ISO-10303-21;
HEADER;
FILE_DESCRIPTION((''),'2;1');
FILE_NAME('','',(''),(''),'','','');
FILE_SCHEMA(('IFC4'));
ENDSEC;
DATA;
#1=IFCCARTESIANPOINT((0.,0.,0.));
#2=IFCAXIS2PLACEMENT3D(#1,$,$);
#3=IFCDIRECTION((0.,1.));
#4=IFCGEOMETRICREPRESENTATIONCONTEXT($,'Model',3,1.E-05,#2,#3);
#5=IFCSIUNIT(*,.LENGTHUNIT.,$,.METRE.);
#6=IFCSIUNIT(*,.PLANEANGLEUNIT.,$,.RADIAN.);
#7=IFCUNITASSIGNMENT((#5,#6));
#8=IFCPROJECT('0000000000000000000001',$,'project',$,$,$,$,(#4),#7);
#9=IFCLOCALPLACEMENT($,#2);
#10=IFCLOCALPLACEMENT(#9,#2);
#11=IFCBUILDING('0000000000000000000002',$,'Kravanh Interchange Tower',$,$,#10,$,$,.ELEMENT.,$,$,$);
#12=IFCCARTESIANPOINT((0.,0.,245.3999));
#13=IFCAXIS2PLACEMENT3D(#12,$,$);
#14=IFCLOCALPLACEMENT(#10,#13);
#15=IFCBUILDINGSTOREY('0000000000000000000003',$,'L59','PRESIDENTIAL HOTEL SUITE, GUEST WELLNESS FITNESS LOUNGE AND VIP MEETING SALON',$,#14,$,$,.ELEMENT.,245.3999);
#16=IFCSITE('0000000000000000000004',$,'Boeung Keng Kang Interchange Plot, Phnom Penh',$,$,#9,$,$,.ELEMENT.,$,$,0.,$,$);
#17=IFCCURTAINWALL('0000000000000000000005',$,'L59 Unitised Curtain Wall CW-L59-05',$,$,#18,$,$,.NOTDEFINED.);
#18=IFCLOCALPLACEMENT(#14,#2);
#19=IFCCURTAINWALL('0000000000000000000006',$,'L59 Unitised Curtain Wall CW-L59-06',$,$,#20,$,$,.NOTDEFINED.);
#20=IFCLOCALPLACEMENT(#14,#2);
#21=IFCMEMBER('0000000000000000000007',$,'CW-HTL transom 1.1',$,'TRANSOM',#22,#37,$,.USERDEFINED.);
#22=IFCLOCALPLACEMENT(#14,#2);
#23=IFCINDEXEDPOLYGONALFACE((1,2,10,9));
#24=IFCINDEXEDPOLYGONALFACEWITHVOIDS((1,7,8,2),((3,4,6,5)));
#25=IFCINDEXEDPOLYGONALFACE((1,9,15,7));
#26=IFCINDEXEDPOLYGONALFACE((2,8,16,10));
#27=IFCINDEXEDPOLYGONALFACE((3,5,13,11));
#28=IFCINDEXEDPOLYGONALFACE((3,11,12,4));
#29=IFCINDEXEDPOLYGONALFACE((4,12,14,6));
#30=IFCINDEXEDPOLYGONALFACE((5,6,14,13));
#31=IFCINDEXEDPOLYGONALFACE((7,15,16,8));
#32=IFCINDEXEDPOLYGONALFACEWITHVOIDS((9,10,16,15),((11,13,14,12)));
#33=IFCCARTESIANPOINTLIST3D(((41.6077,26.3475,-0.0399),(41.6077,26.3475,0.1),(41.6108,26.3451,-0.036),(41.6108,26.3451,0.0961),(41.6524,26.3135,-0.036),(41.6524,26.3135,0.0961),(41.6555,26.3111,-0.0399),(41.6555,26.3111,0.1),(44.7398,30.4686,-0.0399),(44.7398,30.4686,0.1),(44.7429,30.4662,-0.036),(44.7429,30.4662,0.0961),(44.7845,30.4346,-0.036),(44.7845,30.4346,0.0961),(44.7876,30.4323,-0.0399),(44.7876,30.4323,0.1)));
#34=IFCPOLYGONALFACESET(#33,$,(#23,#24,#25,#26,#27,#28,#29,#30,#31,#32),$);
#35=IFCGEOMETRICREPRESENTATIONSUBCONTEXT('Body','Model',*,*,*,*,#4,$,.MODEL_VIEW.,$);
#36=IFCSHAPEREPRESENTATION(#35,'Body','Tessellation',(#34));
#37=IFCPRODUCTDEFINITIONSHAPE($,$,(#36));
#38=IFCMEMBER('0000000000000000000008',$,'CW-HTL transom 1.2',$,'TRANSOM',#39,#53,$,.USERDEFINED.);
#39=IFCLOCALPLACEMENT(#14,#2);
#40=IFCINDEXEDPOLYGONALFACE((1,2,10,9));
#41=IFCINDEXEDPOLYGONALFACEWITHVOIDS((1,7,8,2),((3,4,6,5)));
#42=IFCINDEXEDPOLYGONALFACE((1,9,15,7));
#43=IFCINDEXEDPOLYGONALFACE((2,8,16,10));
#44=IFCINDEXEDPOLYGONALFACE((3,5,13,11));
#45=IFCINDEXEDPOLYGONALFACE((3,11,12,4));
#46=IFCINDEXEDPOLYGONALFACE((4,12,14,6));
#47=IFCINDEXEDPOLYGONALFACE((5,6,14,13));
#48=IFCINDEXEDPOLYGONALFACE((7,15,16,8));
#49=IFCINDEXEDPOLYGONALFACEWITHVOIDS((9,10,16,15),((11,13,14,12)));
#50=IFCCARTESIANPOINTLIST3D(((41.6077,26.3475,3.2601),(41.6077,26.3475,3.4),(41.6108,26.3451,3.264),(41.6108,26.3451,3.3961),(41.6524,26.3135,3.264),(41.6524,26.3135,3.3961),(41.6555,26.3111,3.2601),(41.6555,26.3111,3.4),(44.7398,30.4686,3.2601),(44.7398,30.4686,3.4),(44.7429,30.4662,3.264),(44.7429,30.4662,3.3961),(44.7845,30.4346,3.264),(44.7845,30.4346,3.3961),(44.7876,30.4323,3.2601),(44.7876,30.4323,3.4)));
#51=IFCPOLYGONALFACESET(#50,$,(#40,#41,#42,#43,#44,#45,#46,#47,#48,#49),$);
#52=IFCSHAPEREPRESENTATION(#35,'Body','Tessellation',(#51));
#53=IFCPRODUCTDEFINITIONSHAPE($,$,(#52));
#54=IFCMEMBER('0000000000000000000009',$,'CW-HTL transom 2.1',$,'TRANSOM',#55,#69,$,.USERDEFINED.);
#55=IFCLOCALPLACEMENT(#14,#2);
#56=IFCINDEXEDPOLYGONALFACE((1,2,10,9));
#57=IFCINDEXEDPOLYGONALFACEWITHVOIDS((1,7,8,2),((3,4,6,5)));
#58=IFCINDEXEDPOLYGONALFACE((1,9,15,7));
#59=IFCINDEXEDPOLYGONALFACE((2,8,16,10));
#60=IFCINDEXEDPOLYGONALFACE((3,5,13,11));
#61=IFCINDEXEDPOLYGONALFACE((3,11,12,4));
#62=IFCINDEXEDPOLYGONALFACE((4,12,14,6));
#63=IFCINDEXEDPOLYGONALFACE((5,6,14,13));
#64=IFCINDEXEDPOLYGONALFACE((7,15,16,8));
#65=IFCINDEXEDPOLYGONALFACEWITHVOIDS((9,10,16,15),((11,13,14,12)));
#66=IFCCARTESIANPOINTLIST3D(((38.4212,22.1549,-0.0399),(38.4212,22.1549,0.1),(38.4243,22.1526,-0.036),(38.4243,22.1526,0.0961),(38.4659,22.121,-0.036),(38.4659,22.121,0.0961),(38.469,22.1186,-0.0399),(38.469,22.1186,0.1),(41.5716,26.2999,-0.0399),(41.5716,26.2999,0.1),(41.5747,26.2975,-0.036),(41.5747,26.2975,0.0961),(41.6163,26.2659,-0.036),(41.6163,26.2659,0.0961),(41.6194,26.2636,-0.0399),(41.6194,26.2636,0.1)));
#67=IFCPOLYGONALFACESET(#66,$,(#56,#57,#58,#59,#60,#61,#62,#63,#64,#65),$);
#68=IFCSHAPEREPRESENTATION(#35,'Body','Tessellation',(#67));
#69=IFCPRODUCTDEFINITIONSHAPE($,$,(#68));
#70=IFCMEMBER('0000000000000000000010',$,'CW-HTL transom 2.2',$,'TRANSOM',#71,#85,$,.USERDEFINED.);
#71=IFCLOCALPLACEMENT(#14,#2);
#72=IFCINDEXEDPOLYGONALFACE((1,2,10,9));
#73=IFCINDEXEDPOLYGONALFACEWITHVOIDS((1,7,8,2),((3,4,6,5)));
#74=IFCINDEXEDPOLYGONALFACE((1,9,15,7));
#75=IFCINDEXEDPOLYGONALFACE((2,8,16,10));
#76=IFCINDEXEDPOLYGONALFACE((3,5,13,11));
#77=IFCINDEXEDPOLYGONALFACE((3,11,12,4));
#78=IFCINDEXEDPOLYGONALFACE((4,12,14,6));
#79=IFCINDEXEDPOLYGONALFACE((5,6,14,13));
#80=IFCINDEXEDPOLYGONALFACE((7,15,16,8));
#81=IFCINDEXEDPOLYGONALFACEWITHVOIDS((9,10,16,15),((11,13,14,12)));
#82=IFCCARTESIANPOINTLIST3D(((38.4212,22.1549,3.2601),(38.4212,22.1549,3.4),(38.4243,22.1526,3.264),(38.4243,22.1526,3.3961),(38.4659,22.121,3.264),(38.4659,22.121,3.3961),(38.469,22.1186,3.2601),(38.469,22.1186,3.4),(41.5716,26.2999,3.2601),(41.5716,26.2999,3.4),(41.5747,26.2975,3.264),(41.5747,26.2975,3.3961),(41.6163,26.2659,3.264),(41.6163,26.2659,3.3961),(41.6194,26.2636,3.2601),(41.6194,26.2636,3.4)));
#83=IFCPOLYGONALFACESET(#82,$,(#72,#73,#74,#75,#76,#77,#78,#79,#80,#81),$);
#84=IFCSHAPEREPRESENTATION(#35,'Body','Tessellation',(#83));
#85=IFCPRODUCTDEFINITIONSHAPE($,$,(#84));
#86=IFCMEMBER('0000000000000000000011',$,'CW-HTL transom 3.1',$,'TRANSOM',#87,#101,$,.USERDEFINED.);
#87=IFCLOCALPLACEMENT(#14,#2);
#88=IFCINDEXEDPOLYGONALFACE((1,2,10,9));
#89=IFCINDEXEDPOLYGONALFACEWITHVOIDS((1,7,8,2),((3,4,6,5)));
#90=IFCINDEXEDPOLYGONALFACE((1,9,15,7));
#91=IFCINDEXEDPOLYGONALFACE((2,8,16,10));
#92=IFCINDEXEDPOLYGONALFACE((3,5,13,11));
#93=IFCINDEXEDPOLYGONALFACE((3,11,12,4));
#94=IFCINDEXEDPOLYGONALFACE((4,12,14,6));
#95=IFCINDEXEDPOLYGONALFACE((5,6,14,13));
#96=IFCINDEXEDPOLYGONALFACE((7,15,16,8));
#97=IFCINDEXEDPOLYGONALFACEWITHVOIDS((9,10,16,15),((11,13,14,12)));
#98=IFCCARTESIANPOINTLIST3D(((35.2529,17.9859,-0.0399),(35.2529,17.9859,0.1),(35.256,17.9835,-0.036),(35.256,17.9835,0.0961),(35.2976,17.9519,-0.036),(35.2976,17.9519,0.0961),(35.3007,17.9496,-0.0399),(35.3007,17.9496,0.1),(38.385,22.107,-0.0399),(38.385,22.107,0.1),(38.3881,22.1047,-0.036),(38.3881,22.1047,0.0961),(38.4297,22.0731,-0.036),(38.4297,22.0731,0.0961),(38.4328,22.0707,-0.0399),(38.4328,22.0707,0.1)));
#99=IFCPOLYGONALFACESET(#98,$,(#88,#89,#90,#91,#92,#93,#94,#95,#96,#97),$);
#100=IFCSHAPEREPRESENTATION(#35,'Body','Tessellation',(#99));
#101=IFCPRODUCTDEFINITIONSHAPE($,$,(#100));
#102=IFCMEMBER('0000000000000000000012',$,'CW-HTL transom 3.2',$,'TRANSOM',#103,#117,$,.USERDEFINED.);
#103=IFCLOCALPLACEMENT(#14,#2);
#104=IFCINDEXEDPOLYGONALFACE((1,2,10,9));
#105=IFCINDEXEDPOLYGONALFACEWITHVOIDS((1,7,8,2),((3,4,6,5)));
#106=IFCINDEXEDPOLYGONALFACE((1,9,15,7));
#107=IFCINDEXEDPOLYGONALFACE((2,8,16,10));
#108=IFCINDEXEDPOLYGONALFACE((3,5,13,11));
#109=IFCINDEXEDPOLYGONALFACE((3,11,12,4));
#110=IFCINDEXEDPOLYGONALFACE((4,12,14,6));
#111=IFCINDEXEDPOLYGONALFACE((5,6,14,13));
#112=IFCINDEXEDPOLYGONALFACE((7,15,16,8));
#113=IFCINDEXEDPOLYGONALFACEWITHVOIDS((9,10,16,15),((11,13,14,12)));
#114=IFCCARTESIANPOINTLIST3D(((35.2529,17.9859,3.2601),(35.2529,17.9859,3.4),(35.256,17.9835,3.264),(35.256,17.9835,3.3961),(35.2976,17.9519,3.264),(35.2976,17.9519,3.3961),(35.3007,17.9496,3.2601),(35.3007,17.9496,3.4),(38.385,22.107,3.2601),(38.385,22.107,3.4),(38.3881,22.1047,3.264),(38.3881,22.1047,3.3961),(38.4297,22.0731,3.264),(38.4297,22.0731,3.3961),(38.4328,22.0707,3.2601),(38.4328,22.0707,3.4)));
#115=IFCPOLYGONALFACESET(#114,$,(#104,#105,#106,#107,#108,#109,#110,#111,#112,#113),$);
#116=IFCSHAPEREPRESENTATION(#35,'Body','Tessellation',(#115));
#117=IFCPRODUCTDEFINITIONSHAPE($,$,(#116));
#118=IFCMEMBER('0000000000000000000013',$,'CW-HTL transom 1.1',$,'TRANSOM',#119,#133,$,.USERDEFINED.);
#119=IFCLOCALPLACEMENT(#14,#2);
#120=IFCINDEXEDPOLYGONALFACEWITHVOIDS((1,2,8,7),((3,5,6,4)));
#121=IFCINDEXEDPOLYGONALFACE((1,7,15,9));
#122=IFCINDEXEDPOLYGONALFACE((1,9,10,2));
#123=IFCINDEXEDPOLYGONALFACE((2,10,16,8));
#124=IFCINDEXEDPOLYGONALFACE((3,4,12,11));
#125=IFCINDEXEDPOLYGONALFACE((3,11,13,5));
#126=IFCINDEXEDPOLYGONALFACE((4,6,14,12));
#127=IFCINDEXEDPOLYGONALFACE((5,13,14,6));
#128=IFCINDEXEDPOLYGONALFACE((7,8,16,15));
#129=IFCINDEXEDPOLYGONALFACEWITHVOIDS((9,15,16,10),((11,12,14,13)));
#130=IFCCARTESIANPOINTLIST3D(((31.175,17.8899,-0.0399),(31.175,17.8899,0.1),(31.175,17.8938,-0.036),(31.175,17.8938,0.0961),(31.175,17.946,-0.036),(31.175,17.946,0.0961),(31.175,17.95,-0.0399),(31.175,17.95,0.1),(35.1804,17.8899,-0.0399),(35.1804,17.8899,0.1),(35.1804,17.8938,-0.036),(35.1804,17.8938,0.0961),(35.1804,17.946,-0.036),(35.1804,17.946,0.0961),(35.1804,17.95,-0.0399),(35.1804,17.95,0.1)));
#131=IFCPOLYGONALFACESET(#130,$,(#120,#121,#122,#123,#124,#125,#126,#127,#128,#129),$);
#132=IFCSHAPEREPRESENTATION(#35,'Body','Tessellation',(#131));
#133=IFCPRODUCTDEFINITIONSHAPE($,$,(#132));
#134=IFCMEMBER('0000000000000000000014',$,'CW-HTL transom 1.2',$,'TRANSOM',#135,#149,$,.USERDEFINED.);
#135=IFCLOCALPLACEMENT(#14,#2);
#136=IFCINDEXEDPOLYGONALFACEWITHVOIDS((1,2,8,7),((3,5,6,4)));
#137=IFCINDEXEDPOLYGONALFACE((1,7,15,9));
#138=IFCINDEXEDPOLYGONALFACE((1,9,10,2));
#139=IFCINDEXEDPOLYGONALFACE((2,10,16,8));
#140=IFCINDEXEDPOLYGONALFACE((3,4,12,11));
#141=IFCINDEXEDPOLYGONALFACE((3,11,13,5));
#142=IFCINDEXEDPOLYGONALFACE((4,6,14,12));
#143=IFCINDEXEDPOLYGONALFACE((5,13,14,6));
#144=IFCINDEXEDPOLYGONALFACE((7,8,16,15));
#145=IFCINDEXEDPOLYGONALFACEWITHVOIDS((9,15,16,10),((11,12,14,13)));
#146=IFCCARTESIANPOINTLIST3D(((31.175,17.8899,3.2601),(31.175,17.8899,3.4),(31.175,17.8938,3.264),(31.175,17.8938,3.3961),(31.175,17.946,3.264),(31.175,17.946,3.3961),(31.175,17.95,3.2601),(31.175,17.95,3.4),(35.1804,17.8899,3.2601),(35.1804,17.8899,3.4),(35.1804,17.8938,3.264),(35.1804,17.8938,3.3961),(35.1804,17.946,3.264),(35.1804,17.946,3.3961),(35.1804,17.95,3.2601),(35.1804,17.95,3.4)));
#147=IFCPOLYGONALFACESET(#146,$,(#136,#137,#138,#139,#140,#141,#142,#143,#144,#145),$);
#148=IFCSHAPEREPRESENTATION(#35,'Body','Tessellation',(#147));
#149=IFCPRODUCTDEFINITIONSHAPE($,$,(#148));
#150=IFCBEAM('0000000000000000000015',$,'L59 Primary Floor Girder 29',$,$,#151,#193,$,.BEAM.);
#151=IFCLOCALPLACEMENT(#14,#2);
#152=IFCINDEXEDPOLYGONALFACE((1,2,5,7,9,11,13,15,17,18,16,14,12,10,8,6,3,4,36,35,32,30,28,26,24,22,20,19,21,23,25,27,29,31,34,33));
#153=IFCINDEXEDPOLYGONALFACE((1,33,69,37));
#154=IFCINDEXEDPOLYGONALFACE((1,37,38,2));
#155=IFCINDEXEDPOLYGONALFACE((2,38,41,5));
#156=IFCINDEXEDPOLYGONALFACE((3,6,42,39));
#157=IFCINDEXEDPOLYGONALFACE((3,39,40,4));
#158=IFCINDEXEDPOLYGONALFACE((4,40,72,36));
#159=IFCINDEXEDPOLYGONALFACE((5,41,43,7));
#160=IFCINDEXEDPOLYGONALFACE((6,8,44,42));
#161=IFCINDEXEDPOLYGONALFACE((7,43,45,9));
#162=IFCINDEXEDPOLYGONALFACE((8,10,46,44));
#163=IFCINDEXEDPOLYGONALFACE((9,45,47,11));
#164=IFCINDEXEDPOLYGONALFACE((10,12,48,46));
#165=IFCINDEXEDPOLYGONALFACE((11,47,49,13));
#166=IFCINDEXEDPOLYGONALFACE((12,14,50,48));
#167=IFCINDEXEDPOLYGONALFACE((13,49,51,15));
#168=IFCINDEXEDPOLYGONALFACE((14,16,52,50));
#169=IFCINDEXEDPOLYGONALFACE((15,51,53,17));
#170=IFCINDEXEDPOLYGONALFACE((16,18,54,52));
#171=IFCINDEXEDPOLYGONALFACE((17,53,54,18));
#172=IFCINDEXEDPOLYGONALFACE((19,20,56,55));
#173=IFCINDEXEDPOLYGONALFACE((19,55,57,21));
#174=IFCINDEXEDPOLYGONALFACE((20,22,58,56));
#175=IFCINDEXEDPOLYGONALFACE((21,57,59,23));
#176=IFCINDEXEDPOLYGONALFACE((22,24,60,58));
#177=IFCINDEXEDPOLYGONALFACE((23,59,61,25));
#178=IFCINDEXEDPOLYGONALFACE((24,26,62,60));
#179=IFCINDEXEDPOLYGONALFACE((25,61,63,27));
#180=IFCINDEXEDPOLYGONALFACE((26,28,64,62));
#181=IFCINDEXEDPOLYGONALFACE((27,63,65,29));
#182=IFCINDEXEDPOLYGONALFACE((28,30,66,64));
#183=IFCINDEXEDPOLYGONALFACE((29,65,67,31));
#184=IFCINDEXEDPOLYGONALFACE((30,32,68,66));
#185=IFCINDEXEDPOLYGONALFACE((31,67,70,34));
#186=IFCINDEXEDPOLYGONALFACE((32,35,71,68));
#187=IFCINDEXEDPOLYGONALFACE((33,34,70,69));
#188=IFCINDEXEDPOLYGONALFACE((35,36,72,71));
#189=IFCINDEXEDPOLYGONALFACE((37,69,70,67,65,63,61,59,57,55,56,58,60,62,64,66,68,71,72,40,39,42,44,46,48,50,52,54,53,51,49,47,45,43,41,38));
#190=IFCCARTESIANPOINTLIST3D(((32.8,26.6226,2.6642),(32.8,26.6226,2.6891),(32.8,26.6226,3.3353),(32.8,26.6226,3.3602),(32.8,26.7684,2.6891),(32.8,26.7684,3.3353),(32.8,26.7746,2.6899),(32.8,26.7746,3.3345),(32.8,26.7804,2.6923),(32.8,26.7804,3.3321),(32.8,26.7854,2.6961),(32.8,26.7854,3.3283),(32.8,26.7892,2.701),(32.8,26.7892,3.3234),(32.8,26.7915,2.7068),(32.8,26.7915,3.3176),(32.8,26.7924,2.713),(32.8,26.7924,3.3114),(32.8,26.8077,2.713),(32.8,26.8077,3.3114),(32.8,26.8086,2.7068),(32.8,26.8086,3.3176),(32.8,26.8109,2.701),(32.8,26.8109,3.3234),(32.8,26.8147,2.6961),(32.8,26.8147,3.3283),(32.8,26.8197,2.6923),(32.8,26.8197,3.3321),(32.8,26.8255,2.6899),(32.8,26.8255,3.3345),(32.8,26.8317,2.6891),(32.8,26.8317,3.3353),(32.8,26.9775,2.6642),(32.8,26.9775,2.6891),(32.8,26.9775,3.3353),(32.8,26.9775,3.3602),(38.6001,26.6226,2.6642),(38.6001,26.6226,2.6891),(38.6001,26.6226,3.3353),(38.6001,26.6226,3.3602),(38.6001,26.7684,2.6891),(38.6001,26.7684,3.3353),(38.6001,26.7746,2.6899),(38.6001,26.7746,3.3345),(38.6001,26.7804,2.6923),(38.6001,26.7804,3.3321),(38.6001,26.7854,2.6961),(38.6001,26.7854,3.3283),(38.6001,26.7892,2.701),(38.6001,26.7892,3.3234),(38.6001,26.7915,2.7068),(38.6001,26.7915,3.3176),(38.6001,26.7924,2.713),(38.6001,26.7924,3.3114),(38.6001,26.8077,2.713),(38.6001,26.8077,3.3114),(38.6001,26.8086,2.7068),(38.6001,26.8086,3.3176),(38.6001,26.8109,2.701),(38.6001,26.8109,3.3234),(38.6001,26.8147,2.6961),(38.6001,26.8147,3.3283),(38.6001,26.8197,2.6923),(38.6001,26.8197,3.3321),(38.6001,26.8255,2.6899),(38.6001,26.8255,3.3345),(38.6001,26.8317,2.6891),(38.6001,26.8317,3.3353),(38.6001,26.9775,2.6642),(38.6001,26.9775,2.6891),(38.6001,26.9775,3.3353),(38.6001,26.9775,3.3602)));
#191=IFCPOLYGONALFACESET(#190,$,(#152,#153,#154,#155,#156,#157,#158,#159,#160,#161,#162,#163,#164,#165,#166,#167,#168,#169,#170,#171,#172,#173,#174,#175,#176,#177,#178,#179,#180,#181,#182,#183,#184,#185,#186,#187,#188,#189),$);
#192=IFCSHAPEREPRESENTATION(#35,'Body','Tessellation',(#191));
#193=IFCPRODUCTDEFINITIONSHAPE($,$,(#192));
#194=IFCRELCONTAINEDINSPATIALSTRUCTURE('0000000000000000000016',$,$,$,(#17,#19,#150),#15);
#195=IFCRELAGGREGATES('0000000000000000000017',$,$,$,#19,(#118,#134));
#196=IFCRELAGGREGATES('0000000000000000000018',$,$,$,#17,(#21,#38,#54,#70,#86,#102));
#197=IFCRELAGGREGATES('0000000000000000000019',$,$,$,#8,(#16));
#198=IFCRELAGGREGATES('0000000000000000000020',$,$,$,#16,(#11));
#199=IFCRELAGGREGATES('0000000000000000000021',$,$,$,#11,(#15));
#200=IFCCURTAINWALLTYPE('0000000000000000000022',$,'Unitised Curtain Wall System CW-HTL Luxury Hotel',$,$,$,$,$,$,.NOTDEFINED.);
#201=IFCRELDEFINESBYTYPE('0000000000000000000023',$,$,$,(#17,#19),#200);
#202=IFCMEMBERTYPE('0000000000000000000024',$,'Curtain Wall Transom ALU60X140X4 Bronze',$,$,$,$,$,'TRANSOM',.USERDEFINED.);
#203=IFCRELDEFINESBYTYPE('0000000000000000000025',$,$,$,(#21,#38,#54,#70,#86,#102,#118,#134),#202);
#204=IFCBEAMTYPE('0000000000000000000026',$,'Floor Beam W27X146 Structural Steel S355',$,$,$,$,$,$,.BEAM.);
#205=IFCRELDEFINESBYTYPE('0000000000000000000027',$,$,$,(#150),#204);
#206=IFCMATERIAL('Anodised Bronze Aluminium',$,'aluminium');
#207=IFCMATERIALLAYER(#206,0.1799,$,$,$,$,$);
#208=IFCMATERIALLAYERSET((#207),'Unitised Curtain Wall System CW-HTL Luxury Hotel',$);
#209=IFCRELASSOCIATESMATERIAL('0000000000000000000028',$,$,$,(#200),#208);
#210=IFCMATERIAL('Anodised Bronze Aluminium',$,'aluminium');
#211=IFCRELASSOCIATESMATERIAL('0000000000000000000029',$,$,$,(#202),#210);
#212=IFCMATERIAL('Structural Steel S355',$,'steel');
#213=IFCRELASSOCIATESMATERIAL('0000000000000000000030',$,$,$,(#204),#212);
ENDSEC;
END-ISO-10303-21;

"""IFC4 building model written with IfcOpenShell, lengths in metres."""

from ifc_helpers import new_model, si_unit, direction, frame, origin, origin_2d, place, context, subcontext, project, spatial, hollow_rectangle, i_section, extrude, material, layer, layer_set, material_profile, profile_set, type_object, element, aggregate, save


model = new_model("IFC4")

# Units and contexts
model_context = context("Model", 3, precision=1e-05, world=origin(), true_north=direction((0.0, 1.0)))
body_context = subcontext(model_context, "Body", "Model", "MODEL_VIEW")
ifc_project = project(units=[si_unit("LENGTHUNIT", "METRE"), si_unit("PLANEANGLEUNIT", "RADIAN")], contexts=[model_context])

# Site, building, storey
site_placement = place(None, origin())
site = spatial("IfcSite", under=ifc_project, at=site_placement, Name="Boeung Keng Kang Interchange Plot, Phnom Penh", CompositionType="ELEMENT", RefElevation=0.0)
building_placement = place(site_placement, origin())
building = spatial("IfcBuilding", under=site, at=building_placement, Name="Kravanh Interchange Tower", CompositionType="ELEMENT")
storey_placement = place(building_placement, frame((0.0, 0.0, 245.3999)))
storey = spatial("IfcBuildingStorey", under=building, at=storey_placement, Name="L59", Description="PRESIDENTIAL HOTEL SUITE, GUEST WELLNESS FITNESS LOUNGE AND VIP MEETING SALON", CompositionType="ELEMENT", Elevation=245.3999)

# Curtain wall
ifc_material_1 = material(Name="Anodised Bronze Aluminium", Category="aluminium")
ifc_layer_1 = layer(ifc_material_1, 0.1799)
ifc_layer_set_1 = layer_set([ifc_layer_1], Name="Unitised Curtain Wall System CW-HTL Luxury Hotel")
curtain_wall_type = type_object("IfcCurtainWallType", Name="Unitised Curtain Wall System CW-HTL Luxury Hotel", PredefinedType="NOTDEFINED", material=ifc_layer_set_1)
curtain_wall_1_placement = place(storey_placement, origin())
curtain_wall_1 = element("IfcCurtainWall", 1, at=curtain_wall_1_placement, inside=storey, type_object=curtain_wall_type, Name="L59 Unitised Curtain Wall CW-L59-05", PredefinedType="NOTDEFINED")

# Curtain wall
curtain_wall_2_placement = place(storey_placement, origin())
curtain_wall_2 = element("IfcCurtainWall", 2, at=curtain_wall_2_placement, inside=storey, type_object=curtain_wall_type, Name="L59 Unitised Curtain Wall CW-L59-06", PredefinedType="NOTDEFINED")

# Members
ifc_material_2 = material(Name="Anodised Bronze Aluminium", Category="aluminium")
ifc_material_profile_1 = material_profile(ifc_material_2, hollow_rectangle(XDim=0.0601, YDim=0.1399, WallThickness=0.0039, at=origin_2d()), Name="ALU60X140X4")
ifc_profile_set_1 = profile_set([ifc_material_profile_1], Name="Anodised Bronze Aluminium")
member_type_1 = type_object("IfcMemberType", Name="Curtain Wall Transom ALU60X140X4 Bronze", ElementType="TRANSOM", PredefinedType="USERDEFINED", material=ifc_profile_set_1)
member_1_placement = place(storey_placement, frame((44.7637, 30.4504, 0.03), z_axis=(-0.605089, -0.796158, 0.0), x_axis=(0.796158, -0.605089, 0.0)))
member_1 = element("IfcMember", 3, at=member_1_placement, type_object=member_type_1, Name="CW-HTL transom 1.1", ObjectType="TRANSOM", PredefinedType="USERDEFINED", context=body_context, shape_type="SweptSolid", body=[
    extrude(hollow_rectangle(XDim=0.0601, YDim=0.1399, WallThickness=0.0039, at=origin_2d()), origin(), (0.0, 0.0, 1.0), 5.1763),
])
member_2_placement = place(storey_placement, frame((44.7637, 30.4504, 3.3301), z_axis=(-0.605089, -0.796158, 0.0), x_axis=(0.796158, -0.605089, 0.0)))
member_2 = element("IfcMember", 4, at=member_2_placement, type_object=member_type_1, Name="CW-HTL transom 1.2", ObjectType="TRANSOM", PredefinedType="USERDEFINED", context=body_context, shape_type="SweptSolid", body=[
    extrude(hollow_rectangle(XDim=0.0601, YDim=0.1399, WallThickness=0.0039, at=origin_2d()), origin(), (0.0, 0.0, 1.0), 5.1763),
])
member_3_placement = place(storey_placement, frame((41.5955, 26.2817, 0.03), z_axis=(-0.605105, -0.796146, 0.0), x_axis=(0.796146, -0.605105, 0.0)))
member_3 = element("IfcMember", 5, at=member_3_placement, type_object=member_type_1, Name="CW-HTL transom 2.1", ObjectType="TRANSOM", PredefinedType="USERDEFINED", context=body_context, shape_type="SweptSolid", body=[
    extrude(hollow_rectangle(XDim=0.0601, YDim=0.1399, WallThickness=0.0039, at=origin_2d()), origin(), (0.0, 0.0, 1.0), 5.2063),
])
member_4_placement = place(storey_placement, frame((41.5955, 26.2817, 3.3301), z_axis=(-0.605105, -0.796146, 0.0), x_axis=(0.796146, -0.605105, 0.0)))
member_4 = element("IfcMember", 6, at=member_4_placement, type_object=member_type_1, Name="CW-HTL transom 2.2", ObjectType="TRANSOM", PredefinedType="USERDEFINED", context=body_context, shape_type="SweptSolid", body=[
    extrude(hollow_rectangle(XDim=0.0601, YDim=0.1399, WallThickness=0.0039, at=origin_2d()), origin(), (0.0, 0.0, 1.0), 5.2063),
])
member_5_placement = place(storey_placement, frame((38.4089, 22.0889, 0.03), z_axis=(-0.605089, -0.796158, 0.0), x_axis=(0.796158, -0.605089, 0.0)))
member_5 = element("IfcMember", 7, at=member_5_placement, type_object=member_type_1, Name="CW-HTL transom 3.1", ObjectType="TRANSOM", PredefinedType="USERDEFINED", context=body_context, shape_type="SweptSolid", body=[
    extrude(hollow_rectangle(XDim=0.0601, YDim=0.1399, WallThickness=0.0039, at=origin_2d()), origin(), (0.0, 0.0, 1.0), 5.1763),
])
member_6_placement = place(storey_placement, frame((38.4089, 22.0889, 3.3301), z_axis=(-0.605089, -0.796158, 0.0), x_axis=(0.796158, -0.605089, 0.0)))
member_6 = element("IfcMember", 8, at=member_6_placement, type_object=member_type_1, Name="CW-HTL transom 3.2", ObjectType="TRANSOM", PredefinedType="USERDEFINED", context=body_context, shape_type="SweptSolid", body=[
    extrude(hollow_rectangle(XDim=0.0601, YDim=0.1399, WallThickness=0.0039, at=origin_2d()), origin(), (0.0, 0.0, 1.0), 5.1763),
])
member_7_placement = place(storey_placement, frame((35.1804, 17.9199, 0.03), z_axis=(-1.0, 0.0, 0.0), x_axis=(0.0, -1.0, 0.0)))
member_7 = element("IfcMember", 9, at=member_7_placement, type_object=member_type_1, Name="CW-HTL transom 1.1", ObjectType="TRANSOM", PredefinedType="USERDEFINED", context=body_context, shape_type="SweptSolid", body=[
    extrude(hollow_rectangle(XDim=0.0601, YDim=0.1399, WallThickness=0.0039, at=origin_2d()), origin(), (0.0, 0.0, 1.0), 4.0054),
])
member_8_placement = place(storey_placement, frame((35.1804, 17.9199, 3.3301), z_axis=(-1.0, 0.0, 0.0), x_axis=(0.0, -1.0, 0.0)))
member_8 = element("IfcMember", 10, at=member_8_placement, type_object=member_type_1, Name="CW-HTL transom 1.2", ObjectType="TRANSOM", PredefinedType="USERDEFINED", context=body_context, shape_type="SweptSolid", body=[
    extrude(hollow_rectangle(XDim=0.0601, YDim=0.1399, WallThickness=0.0039, at=origin_2d()), origin(), (0.0, 0.0, 1.0), 4.0054),
])
aggregate(curtain_wall_2, [member_7, member_8])

# Beam
ifc_material_3 = material(Name="Structural Steel S355", Category="steel")
ifc_material_profile_2 = material_profile(ifc_material_3, i_section(OverallWidth=0.355, OverallDepth=0.696, WebThickness=0.0154, FlangeThickness=0.0249, FilletRadius=0.0239, at=origin_2d()), Name="W27X146")
ifc_profile_set_2 = profile_set([ifc_material_profile_2], Name="Structural Steel S355")
beam_type_1 = type_object("IfcBeamType", Name="Floor Beam W27X146 Structural Steel S355", PredefinedType="BEAM", material=ifc_profile_set_2)
beam_1_placement = place(storey_placement, frame((38.6001, 26.8, 3.0122), z_axis=(-1.0, 0.0, 0.0), x_axis=(0.0, -1.0, 0.0)))
element("IfcBeam", 11, at=beam_1_placement, inside=storey, type_object=beam_type_1, Name="L59 Primary Floor Girder 29", PredefinedType="BEAM", context=body_context, shape_type="SweptSolid", body=[
    extrude(i_section(OverallWidth=0.355, OverallDepth=0.696, WebThickness=0.0154, FlangeThickness=0.0249, FilletRadius=0.0239, at=origin_2d()), origin(), (0.0, 0.0, 1.0), 5.8),
])

aggregate(curtain_wall_1, [member_1, member_2, member_3, member_4, member_5, member_6])

save(model, "model.ifc")
